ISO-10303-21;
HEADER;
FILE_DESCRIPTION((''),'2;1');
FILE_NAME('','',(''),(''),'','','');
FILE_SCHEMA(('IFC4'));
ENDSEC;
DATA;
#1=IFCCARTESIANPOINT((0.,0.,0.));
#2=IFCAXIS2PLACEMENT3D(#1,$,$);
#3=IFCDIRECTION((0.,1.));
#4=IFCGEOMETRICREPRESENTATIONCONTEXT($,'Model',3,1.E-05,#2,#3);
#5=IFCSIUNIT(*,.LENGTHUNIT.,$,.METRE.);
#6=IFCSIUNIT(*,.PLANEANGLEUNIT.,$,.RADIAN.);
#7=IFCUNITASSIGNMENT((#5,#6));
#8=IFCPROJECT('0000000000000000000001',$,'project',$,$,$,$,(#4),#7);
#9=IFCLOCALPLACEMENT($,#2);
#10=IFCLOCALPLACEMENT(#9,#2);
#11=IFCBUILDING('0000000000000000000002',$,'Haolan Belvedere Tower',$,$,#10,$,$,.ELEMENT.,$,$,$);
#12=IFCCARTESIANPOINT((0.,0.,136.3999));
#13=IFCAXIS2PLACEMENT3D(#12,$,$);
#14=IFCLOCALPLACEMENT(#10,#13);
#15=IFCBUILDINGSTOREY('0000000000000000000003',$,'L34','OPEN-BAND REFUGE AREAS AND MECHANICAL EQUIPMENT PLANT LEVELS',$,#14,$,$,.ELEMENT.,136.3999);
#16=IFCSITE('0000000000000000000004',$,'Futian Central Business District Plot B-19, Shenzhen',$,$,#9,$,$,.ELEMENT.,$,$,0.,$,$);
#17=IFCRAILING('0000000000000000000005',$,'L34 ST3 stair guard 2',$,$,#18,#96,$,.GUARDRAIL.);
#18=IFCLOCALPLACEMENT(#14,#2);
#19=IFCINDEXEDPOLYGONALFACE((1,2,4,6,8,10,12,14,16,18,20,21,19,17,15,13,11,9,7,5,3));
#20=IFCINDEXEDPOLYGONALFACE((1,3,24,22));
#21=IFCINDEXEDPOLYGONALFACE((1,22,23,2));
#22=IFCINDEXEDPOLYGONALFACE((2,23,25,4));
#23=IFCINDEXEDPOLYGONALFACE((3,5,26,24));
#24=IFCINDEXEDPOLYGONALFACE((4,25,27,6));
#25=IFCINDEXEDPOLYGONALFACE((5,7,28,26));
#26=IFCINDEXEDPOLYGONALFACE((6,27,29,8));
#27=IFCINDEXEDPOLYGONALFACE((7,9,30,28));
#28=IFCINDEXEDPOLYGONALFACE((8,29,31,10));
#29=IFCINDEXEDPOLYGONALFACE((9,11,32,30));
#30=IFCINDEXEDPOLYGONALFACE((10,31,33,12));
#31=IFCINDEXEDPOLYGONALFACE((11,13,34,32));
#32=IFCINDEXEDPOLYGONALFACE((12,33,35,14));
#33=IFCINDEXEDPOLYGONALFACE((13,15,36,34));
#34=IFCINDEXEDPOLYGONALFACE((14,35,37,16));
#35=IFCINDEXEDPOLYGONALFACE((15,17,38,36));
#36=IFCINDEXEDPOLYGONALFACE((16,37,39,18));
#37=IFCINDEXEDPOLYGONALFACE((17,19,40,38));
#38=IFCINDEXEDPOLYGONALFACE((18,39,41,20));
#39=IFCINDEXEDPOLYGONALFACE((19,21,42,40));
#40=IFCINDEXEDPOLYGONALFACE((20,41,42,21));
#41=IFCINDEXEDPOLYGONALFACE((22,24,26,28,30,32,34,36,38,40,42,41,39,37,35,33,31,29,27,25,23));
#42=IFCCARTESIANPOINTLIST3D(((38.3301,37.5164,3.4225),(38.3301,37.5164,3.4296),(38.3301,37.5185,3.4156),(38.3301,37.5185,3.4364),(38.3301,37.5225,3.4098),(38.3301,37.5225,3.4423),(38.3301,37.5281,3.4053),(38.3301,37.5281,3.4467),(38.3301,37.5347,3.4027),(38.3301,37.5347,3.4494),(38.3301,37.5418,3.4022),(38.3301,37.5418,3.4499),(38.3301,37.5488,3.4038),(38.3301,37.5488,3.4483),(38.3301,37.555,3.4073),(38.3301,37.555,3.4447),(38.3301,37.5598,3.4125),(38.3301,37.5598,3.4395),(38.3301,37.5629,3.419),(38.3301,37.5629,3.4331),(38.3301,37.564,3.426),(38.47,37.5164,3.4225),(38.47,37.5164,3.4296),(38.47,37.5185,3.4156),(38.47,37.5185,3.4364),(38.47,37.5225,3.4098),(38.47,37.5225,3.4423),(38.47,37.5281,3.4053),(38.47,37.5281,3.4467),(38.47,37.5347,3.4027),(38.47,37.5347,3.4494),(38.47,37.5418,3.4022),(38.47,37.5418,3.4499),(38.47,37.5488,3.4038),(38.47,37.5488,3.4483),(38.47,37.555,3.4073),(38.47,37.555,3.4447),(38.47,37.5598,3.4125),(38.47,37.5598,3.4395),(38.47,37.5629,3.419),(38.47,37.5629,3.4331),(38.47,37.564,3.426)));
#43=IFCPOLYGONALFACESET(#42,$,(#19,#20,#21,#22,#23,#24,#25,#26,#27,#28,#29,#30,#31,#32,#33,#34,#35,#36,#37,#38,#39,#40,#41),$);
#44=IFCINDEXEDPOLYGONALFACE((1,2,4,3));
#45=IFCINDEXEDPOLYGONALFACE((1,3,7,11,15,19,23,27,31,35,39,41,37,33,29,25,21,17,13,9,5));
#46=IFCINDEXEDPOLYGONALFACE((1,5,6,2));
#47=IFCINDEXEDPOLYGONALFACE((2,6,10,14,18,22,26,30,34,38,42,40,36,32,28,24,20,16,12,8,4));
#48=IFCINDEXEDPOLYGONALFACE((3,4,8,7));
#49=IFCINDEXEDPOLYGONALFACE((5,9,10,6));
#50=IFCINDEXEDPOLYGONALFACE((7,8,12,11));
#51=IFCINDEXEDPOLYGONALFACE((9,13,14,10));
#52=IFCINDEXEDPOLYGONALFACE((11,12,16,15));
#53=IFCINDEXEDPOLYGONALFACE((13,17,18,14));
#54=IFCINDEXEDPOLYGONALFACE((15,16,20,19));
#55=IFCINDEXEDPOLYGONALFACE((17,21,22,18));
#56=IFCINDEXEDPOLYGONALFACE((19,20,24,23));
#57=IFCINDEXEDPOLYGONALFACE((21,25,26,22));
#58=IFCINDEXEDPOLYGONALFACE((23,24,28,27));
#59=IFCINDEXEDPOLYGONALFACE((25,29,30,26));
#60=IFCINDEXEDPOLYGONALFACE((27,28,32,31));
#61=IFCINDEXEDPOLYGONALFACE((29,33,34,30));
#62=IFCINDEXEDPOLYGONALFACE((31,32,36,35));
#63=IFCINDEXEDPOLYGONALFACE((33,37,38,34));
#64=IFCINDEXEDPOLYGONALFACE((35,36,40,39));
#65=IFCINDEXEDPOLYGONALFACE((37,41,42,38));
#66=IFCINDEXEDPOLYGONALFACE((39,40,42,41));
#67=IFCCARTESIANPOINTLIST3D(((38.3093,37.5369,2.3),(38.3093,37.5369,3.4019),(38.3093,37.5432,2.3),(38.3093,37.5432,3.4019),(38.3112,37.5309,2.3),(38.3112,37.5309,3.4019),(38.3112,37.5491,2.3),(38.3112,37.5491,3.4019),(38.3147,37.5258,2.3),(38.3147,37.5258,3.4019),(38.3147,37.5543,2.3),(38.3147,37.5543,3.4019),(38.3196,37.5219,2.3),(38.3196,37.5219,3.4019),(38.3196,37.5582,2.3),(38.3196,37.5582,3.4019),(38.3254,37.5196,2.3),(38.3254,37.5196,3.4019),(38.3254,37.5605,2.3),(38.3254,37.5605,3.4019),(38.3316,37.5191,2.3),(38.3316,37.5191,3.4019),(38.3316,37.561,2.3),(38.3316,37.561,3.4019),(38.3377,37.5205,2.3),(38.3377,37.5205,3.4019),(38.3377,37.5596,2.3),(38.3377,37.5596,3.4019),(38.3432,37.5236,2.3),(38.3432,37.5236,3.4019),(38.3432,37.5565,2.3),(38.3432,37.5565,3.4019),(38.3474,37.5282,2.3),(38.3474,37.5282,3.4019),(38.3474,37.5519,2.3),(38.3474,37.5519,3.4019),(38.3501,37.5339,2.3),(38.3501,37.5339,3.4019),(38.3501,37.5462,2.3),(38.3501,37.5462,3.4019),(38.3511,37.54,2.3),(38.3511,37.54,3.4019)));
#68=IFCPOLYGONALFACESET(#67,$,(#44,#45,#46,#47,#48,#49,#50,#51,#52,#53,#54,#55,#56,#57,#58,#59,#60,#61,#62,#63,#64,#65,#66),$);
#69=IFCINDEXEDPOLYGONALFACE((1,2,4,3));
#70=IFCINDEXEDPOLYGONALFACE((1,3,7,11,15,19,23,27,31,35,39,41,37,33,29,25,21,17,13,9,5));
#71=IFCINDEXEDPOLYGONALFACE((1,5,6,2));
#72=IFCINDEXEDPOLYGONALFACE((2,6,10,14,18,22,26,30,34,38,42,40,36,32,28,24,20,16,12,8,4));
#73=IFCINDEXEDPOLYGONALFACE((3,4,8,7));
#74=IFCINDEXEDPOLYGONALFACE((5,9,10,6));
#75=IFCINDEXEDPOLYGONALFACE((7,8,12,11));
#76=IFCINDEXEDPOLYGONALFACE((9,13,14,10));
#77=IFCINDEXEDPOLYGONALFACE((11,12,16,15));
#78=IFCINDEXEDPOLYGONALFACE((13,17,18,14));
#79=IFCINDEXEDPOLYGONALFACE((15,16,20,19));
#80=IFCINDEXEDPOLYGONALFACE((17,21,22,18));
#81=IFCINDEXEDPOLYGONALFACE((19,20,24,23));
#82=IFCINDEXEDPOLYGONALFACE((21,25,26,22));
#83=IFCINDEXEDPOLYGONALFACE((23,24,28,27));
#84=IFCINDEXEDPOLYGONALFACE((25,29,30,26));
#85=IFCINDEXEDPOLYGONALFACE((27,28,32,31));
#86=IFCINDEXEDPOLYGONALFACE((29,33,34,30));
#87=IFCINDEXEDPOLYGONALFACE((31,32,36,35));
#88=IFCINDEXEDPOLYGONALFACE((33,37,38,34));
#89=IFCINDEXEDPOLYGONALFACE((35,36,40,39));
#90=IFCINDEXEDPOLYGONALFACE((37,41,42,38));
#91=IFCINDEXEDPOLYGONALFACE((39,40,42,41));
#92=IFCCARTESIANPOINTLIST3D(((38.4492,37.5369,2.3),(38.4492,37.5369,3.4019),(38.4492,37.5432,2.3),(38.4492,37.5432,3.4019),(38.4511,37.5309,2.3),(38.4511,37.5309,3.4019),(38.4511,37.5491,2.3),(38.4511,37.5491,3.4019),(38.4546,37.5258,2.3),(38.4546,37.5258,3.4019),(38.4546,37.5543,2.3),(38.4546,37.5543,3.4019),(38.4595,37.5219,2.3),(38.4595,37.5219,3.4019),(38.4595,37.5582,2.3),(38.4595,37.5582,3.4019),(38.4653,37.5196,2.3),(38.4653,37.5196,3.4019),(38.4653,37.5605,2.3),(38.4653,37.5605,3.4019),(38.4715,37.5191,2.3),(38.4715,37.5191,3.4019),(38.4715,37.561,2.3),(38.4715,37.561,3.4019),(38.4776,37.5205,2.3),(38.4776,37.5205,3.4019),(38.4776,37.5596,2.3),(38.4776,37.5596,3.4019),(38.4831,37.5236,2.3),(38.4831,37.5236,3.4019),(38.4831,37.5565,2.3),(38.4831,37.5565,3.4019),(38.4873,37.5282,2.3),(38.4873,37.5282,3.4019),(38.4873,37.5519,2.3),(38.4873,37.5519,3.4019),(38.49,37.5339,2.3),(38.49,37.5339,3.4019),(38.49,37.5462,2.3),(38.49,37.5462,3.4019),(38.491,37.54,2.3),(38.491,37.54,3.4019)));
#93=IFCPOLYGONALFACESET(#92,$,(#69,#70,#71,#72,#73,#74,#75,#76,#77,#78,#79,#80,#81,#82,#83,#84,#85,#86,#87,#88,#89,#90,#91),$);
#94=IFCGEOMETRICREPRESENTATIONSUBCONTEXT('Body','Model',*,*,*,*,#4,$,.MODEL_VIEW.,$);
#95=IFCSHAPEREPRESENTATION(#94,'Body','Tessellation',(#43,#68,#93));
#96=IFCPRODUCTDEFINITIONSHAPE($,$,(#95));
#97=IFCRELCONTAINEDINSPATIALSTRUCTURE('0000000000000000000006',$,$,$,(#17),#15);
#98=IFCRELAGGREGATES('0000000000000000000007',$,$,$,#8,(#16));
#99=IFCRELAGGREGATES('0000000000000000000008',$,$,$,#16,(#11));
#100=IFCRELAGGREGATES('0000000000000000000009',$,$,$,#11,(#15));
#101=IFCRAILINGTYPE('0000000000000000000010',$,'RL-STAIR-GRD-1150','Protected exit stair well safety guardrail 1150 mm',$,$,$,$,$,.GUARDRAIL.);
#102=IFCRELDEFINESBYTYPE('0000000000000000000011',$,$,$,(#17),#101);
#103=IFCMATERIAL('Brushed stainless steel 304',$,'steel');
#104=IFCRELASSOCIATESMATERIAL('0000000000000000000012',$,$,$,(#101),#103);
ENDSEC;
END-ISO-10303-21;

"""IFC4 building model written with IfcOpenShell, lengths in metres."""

from ifc_helpers import new_model, si_unit, direction, frame, origin, origin_2d, place, context, subcontext, project, spatial, circle, extrude, material, type_object, element, save


model = new_model("IFC4")

# Units and contexts
model_context = context("Model", 3, precision=1e-05, world=origin(), true_north=direction((0.0, 1.0)))
body_context = subcontext(model_context, "Body", "Model", "MODEL_VIEW")
ifc_project = project(units=[si_unit("LENGTHUNIT", "METRE"), si_unit("PLANEANGLEUNIT", "RADIAN")], contexts=[model_context])

# Site, building, storey
site_placement = place(None, origin())
site = spatial("IfcSite", under=ifc_project, at=site_placement, Name="Futian Central Business District Plot B-19, Shenzhen", CompositionType="ELEMENT", RefElevation=0.0)
building_placement = place(site_placement, origin())
building = spatial("IfcBuilding", under=site, at=building_placement, Name="Haolan Belvedere Tower", CompositionType="ELEMENT")
storey_placement = place(building_placement, frame((0.0, 0.0, 136.3999)))
storey = spatial("IfcBuildingStorey", under=building, at=storey_placement, Name="L34", Description="OPEN-BAND REFUGE AREAS AND MECHANICAL EQUIPMENT PLANT LEVELS", CompositionType="ELEMENT", Elevation=136.3999)

# Railing
ifc_material_1 = material(Name="Brushed stainless steel 304", Category="steel")
railing_type_1 = type_object("IfcRailingType", Name="RL-STAIR-GRD-1150", Description="Protected exit stair well safety guardrail 1150 mm", PredefinedType="GUARDRAIL", material=ifc_material_1)
railing_1_placement = place(storey_placement, frame((38.3301, 37.54, 2.3)))
element("IfcRailing", 1, at=railing_1_placement, inside=storey, type_object=railing_type_1, Name="L34 ST3 stair guard 2", PredefinedType="GUARDRAIL", context=body_context, shape_type="SweptSolid", body=[
    extrude(circle(Radius=0.0239, at=origin_2d()), frame((0.0, 0.0, 1.126), z_axis=(1.0, 0.0, 0.0), x_axis=(0.0, 1.0, 0.0)), (0.0, 0.0, 1.0), 0.1399),
    extrude(circle(Radius=0.021, at=origin_2d()), origin(), (0.0, 0.0, 1.0), 1.1018),
    extrude(circle(Radius=0.021, at=origin_2d()), frame((0.1399, 0.0, 0.0)), (0.0, 0.0, 1.0), 1.1018),
])

save(model, "model.ifc")
